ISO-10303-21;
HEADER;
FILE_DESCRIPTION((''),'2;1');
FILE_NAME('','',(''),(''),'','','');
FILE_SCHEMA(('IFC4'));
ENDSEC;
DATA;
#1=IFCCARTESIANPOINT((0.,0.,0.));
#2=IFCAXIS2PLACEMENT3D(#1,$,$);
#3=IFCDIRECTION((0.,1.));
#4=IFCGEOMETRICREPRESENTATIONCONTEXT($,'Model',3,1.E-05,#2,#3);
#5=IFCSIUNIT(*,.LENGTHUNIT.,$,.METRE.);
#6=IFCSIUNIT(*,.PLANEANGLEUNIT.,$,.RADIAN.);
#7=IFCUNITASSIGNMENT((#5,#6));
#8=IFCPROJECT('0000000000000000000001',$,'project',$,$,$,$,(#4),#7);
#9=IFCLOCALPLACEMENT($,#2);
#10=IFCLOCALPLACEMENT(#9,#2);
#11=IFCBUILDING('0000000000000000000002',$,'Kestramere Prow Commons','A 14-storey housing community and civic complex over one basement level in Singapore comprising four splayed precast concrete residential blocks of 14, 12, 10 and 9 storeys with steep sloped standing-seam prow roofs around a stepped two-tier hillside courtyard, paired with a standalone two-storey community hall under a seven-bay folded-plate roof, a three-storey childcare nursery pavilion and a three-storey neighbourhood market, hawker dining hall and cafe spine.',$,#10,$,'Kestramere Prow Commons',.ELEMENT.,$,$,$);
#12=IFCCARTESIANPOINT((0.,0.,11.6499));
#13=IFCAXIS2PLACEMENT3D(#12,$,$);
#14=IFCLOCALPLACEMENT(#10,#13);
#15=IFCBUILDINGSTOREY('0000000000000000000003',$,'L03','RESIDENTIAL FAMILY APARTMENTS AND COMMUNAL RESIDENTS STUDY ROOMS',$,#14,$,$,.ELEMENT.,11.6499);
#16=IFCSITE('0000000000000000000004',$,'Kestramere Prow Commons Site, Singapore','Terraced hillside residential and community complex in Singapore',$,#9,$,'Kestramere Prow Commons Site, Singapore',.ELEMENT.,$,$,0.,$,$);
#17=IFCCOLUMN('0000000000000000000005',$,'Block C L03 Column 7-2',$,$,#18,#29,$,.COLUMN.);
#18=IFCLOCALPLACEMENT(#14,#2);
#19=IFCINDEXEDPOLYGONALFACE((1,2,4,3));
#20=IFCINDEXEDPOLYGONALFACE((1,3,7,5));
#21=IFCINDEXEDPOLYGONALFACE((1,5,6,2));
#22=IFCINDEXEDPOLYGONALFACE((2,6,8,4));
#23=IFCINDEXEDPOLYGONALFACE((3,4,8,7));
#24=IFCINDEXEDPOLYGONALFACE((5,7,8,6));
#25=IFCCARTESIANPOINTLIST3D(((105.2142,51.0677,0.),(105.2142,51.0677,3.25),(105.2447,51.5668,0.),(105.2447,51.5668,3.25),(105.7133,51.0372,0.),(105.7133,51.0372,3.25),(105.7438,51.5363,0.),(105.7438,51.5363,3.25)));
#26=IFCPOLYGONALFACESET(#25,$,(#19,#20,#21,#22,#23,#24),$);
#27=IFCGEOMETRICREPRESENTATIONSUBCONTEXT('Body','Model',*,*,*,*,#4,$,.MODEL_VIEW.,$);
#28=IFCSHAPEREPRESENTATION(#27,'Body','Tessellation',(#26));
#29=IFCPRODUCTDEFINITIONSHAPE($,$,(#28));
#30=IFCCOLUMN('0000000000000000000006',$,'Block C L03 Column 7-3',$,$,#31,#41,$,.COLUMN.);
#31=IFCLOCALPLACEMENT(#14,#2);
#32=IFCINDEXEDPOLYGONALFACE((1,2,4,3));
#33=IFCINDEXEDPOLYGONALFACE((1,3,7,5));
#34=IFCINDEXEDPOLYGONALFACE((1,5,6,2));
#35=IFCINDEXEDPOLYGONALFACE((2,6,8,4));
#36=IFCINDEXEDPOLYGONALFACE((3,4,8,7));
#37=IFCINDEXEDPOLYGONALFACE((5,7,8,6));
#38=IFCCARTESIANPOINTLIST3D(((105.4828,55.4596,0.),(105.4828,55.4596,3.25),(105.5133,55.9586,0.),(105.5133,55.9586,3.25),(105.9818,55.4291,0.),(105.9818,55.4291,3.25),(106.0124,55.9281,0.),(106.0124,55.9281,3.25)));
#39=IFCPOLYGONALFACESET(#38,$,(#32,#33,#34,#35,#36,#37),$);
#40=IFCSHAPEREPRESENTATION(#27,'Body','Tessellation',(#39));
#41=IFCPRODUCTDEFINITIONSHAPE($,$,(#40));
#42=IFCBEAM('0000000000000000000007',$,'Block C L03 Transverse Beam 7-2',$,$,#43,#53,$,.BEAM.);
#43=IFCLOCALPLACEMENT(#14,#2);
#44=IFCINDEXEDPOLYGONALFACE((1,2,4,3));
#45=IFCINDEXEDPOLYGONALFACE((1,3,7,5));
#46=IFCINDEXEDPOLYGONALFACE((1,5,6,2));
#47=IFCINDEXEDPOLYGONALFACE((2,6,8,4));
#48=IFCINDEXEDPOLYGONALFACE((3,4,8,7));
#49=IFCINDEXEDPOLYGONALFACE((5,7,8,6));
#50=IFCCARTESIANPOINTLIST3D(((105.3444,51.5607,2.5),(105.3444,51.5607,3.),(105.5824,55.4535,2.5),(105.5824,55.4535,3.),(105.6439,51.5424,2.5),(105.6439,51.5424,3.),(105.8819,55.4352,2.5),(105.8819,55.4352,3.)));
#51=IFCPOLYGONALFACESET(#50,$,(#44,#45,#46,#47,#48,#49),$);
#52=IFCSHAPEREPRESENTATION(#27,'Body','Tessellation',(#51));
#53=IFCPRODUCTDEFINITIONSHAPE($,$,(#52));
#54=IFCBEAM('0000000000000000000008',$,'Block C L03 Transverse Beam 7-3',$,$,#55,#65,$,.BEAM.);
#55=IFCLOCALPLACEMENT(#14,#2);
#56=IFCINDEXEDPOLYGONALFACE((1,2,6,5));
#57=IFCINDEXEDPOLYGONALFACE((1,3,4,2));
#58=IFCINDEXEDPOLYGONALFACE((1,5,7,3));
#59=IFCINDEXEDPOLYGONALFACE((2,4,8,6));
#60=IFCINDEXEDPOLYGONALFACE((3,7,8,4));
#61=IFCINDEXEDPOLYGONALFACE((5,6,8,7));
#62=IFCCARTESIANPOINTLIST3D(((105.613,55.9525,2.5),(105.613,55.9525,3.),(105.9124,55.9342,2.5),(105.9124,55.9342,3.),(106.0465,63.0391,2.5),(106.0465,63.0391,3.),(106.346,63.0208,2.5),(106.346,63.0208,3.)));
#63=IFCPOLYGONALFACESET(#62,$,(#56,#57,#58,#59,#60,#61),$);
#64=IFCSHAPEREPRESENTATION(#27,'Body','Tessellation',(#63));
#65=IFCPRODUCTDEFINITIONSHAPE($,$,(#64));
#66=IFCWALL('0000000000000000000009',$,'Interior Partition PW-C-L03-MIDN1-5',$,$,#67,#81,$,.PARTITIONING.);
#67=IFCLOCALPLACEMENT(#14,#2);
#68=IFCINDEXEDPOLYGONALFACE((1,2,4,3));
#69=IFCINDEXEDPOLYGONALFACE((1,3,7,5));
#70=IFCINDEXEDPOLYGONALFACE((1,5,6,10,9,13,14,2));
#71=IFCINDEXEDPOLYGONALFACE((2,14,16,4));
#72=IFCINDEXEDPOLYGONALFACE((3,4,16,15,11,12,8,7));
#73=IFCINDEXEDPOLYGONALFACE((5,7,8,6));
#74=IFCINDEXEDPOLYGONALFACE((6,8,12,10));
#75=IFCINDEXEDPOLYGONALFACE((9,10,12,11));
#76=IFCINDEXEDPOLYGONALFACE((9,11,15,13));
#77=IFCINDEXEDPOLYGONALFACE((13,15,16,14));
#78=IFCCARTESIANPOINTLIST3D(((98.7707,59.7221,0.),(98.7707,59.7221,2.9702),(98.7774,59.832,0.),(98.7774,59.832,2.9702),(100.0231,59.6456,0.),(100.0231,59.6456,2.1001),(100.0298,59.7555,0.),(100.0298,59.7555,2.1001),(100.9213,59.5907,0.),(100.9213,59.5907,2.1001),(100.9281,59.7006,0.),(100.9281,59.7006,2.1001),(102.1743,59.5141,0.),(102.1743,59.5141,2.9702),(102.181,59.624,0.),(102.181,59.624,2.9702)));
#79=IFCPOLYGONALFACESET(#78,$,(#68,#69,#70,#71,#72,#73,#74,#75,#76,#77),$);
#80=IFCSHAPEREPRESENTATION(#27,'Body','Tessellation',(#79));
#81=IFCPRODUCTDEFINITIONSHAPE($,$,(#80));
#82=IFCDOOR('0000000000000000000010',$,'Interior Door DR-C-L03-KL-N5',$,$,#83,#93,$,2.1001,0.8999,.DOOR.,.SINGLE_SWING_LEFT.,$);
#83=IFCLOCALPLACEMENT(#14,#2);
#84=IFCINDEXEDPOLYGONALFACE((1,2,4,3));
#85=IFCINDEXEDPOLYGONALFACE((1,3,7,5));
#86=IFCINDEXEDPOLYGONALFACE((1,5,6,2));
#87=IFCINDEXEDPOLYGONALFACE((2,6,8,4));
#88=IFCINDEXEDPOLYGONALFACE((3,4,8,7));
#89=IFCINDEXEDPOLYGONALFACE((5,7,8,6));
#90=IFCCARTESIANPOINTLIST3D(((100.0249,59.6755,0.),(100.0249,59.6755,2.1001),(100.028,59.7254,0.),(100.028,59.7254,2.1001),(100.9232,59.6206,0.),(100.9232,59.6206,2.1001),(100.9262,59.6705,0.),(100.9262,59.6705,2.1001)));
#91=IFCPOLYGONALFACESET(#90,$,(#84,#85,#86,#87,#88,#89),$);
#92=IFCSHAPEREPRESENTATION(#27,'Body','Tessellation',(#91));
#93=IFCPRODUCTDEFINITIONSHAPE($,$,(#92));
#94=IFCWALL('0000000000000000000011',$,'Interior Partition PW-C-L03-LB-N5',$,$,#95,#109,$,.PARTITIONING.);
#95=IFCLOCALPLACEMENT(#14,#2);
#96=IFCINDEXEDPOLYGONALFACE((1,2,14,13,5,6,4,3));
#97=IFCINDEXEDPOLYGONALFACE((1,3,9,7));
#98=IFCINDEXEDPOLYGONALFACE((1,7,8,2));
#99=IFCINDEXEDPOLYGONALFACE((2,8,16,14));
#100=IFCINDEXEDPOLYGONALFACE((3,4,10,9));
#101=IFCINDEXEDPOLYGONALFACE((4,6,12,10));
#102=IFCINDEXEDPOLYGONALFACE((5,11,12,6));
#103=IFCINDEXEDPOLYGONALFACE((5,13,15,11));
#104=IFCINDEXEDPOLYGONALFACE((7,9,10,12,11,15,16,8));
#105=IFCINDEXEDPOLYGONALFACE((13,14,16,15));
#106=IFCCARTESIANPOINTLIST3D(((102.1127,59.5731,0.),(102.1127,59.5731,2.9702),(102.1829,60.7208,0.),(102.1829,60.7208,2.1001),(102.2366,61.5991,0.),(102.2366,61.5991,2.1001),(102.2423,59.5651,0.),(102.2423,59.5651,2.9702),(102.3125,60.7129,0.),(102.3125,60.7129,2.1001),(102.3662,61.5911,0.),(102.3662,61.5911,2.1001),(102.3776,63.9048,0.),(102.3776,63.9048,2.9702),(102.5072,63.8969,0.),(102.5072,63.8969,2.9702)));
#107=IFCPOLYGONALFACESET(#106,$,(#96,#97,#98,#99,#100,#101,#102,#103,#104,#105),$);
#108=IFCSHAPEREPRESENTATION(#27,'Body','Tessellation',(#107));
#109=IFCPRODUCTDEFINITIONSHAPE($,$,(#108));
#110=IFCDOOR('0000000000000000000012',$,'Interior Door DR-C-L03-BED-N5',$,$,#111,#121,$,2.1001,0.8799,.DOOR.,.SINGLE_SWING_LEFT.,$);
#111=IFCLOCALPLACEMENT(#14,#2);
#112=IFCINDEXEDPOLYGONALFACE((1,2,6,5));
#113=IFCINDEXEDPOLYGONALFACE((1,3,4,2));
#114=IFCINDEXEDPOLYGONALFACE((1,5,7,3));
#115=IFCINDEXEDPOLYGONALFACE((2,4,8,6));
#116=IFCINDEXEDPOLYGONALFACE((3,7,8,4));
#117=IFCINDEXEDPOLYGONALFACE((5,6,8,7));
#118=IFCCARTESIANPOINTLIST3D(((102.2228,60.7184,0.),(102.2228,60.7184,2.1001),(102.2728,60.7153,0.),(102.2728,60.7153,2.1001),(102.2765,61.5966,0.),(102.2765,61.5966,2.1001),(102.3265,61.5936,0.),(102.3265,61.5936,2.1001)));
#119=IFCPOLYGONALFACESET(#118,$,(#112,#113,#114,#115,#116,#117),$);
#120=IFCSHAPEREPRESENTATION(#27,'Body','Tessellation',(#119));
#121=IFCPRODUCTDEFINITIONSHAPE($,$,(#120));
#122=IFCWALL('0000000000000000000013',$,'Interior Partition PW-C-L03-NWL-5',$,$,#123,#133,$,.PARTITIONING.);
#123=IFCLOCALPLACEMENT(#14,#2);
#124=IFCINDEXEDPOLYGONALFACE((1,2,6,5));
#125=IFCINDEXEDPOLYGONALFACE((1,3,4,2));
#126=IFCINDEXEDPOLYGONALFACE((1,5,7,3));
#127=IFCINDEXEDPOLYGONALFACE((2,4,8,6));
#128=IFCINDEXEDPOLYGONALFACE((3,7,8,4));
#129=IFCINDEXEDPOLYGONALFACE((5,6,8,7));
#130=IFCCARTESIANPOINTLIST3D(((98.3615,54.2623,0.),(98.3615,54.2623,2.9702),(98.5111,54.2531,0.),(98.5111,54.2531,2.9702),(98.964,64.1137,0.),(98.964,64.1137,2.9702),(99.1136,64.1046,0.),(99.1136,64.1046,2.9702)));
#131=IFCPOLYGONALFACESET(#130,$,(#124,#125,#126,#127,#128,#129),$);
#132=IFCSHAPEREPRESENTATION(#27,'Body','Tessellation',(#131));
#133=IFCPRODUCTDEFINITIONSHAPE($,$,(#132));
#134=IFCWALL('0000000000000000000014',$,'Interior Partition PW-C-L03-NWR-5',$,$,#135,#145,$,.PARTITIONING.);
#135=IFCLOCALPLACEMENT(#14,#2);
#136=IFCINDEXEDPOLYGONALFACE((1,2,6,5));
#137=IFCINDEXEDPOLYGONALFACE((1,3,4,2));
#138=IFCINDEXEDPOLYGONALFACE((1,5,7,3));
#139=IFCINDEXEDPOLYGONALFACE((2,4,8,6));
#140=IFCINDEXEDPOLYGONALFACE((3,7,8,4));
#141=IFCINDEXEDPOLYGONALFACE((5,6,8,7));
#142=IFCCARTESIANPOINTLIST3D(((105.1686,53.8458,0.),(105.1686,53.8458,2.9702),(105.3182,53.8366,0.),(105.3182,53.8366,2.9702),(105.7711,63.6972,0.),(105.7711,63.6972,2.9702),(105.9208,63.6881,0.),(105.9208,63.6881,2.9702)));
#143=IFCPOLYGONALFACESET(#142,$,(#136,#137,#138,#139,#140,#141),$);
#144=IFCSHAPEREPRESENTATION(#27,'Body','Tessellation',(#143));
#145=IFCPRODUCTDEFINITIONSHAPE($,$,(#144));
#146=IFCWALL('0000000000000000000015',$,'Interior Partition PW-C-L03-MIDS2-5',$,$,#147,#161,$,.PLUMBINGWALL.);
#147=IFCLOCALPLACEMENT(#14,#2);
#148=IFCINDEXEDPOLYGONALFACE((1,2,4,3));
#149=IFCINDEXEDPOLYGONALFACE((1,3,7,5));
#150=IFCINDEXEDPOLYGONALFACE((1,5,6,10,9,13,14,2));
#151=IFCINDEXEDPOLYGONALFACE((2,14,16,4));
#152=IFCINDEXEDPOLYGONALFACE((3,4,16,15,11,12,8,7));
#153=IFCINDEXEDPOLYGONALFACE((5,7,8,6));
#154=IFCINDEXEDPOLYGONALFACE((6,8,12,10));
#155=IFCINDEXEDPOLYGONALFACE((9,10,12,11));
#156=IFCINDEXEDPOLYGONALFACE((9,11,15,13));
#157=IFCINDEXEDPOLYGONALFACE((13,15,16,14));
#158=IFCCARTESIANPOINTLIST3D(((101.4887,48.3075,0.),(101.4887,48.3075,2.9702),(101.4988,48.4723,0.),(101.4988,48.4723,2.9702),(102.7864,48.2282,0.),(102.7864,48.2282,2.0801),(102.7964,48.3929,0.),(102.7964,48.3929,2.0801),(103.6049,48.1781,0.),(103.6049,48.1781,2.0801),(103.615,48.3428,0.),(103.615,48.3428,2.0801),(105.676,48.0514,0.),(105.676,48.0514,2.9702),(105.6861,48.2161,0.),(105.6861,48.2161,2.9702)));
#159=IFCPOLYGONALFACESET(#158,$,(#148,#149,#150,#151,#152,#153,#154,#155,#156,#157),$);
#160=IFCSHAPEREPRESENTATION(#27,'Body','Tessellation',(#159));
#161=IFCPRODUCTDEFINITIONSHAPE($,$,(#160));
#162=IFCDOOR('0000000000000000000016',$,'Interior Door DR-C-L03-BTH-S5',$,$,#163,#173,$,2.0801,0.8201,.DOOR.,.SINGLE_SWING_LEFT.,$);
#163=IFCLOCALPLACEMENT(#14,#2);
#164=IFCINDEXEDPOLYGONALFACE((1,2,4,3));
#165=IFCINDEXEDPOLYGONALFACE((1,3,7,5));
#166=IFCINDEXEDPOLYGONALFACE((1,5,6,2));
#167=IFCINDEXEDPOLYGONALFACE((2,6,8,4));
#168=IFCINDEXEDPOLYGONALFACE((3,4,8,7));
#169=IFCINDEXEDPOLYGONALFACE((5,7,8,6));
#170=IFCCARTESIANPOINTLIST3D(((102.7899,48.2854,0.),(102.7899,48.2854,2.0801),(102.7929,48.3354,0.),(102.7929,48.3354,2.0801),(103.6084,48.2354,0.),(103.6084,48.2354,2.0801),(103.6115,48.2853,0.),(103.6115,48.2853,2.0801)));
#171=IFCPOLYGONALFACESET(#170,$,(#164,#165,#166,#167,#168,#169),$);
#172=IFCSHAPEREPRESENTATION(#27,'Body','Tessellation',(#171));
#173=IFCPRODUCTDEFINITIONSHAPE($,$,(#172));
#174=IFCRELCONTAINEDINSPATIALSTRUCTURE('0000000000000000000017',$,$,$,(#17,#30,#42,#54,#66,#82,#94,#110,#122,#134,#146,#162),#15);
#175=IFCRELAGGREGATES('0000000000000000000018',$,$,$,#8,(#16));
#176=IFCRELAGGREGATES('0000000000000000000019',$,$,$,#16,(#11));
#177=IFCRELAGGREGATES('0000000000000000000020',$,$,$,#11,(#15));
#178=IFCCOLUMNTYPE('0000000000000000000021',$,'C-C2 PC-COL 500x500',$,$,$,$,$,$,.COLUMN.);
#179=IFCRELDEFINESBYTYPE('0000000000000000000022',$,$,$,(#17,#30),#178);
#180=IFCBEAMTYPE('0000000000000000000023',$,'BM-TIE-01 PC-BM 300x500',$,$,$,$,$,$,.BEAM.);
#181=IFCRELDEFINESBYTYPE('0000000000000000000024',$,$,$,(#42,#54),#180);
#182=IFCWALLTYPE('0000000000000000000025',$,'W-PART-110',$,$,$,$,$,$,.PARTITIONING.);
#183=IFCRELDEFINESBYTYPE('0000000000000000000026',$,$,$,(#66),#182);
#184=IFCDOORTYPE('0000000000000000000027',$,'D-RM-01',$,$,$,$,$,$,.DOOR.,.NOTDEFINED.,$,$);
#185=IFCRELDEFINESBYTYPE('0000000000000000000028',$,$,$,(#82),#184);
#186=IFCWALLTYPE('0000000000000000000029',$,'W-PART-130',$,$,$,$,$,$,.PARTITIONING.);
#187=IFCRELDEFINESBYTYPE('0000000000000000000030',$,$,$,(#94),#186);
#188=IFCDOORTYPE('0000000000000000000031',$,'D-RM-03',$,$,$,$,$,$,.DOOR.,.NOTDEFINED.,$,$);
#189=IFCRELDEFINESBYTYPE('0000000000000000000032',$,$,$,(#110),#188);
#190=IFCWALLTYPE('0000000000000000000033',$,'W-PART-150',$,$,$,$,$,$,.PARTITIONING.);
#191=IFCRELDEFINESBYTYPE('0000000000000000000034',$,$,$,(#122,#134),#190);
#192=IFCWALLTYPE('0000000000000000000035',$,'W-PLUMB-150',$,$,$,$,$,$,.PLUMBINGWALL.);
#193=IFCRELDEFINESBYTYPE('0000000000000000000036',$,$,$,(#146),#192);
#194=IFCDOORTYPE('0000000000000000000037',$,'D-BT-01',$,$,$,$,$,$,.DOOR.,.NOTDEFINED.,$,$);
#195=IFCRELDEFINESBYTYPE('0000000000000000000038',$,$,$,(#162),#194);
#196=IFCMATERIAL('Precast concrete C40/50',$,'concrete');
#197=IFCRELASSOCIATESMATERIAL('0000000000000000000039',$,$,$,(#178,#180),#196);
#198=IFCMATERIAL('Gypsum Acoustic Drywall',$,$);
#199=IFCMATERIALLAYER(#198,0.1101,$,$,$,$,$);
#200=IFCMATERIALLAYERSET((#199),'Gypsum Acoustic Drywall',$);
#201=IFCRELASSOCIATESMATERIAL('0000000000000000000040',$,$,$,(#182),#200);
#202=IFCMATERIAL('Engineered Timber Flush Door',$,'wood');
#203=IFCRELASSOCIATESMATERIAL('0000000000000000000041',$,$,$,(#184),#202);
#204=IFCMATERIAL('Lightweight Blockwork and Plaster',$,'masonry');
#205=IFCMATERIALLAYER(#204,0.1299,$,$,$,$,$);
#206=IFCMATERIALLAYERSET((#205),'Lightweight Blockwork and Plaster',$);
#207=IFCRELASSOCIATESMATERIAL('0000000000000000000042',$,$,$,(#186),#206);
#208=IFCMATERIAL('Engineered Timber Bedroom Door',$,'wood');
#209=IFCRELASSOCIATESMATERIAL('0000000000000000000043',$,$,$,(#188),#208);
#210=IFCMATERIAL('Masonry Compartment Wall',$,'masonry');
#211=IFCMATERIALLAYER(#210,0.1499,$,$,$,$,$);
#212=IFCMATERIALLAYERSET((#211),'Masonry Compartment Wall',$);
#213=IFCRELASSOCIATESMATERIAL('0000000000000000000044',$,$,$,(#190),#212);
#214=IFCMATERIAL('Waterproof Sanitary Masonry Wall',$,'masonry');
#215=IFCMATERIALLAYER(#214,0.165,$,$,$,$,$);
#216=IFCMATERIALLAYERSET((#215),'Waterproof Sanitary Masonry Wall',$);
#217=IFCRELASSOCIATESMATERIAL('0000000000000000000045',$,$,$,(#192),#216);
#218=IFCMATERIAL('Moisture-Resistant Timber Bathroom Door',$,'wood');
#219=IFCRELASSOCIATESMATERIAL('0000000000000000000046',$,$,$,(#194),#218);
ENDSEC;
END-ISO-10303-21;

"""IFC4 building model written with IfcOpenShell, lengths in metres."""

from ifc_helpers import new_model, si_unit, direction, frame, frame_2d, origin, origin_2d, place, context, subcontext, project, spatial, rectangle, extrude, material, layer, layer_set, material_profile, profile_set, type_object, element, fill, save


model = new_model("IFC4")

# Units and contexts
model_context = context("Model", 3, precision=1e-05, world=origin(), true_north=direction((0.0, 1.0)))
body_context = subcontext(model_context, "Body", "Model", "MODEL_VIEW")
ifc_project = project(units=[si_unit("LENGTHUNIT", "METRE"), si_unit("PLANEANGLEUNIT", "RADIAN")], contexts=[model_context])

# Site, building, storey
site_placement = place(None, origin())
site = spatial("IfcSite", under=ifc_project, at=site_placement, Name="Kestramere Prow Commons Site, Singapore", Description="Terraced hillside residential and community complex in Singapore", LongName="Kestramere Prow Commons Site, Singapore", CompositionType="ELEMENT", RefElevation=0.0)
building_placement = place(site_placement, origin())
building = spatial("IfcBuilding", under=site, at=building_placement, Name="Kestramere Prow Commons", Description="A 14-storey housing community and civic complex over one basement level in Singapore comprising four splayed precast concrete residential blocks of 14, 12, 10 and 9 storeys with steep sloped standing-seam prow roofs around a stepped two-tier hillside courtyard, paired with a standalone two-storey community hall under a seven-bay folded-plate roof, a three-storey childcare nursery pavilion and a three-storey neighbourhood market, hawker dining hall and cafe spine.", LongName="Kestramere Prow Commons", CompositionType="ELEMENT")
storey_placement = place(building_placement, frame((0.0, 0.0, 11.6499)))
storey = spatial("IfcBuildingStorey", under=building, at=storey_placement, Name="L03", Description="RESIDENTIAL FAMILY APARTMENTS AND COMMUNAL RESIDENTS STUDY ROOMS", CompositionType="ELEMENT", Elevation=11.6499)

# Columns
ifc_material_1 = material(Name="Precast concrete C40/50", Category="concrete")
ifc_material_profile_1 = material_profile(ifc_material_1, rectangle(XDim=0.5, YDim=0.5, at=origin_2d()), Name="PC-COL 500x500")
ifc_profile_set_1 = profile_set([ifc_material_profile_1], Name="Precast concrete C40/50")
column_type = type_object("IfcColumnType", Name="C-C2 PC-COL 500x500", PredefinedType="COLUMN", material=ifc_profile_set_1)
for number, where, z_axis, x_axis, name in (
    (1, (105.479, 51.302, 0.0), (0.0, 0.0, 1.0), (0.998135, -0.061049, 0.0), "Block C L03 Column 7-2"),
    (2, (105.7476, 55.6938, 0.0), (0.0, 0.0, 1.0), (0.998135, -0.061049, 0.0), "Block C L03 Column 7-3"),
):
    element("IfcColumn", number, at=place(storey_placement, frame(where, z_axis=z_axis, x_axis=x_axis)), inside=storey, type_object=column_type, Name=name, PredefinedType="COLUMN", context=body_context, shape_type="SweptSolid", body=[
        extrude(rectangle(XDim=0.5, YDim=0.5, at=origin_2d()), origin(), (0.0, 0.0, 1.0), 3.25),
    ])

# Beams
ifc_material_profile_2 = material_profile(ifc_material_1, rectangle(XDim=0.3, YDim=0.5, at=origin_2d()), Name="PC-BM 300x500")
ifc_profile_set_2 = profile_set([ifc_material_profile_2], Name="Precast concrete C40/50")
beam_type = type_object("IfcBeamType", Name="BM-TIE-01 PC-BM 300x500", PredefinedType="BEAM", material=ifc_profile_set_2)
beam_1_placement = place(storey_placement, frame((105.4941, 51.5515, 2.75), z_axis=(0.061034, 0.998136, 0.0), x_axis=(-0.998136, 0.061034, 0.0)))
element("IfcBeam", 3, at=beam_1_placement, inside=storey, type_object=beam_type, Name="Block C L03 Transverse Beam 7-2", PredefinedType="BEAM", context=body_context, shape_type="SweptSolid", body=[
    extrude(rectangle(XDim=0.3, YDim=0.5, at=origin_2d()), origin(), (0.0, 0.0, 1.0), 3.9001),
])
beam_2_placement = place(storey_placement, frame((105.7627, 55.9434, 2.75), z_axis=(0.06107, 0.998133, 0.0), x_axis=(-0.998133, 0.06107, 0.0)))
element("IfcBeam", 4, at=beam_2_placement, inside=storey, type_object=beam_type, Name="Block C L03 Transverse Beam 7-3", PredefinedType="BEAM", context=body_context, shape_type="SweptSolid", body=[
    extrude(rectangle(XDim=0.3, YDim=0.5, at=origin_2d()), origin(), (0.0, 0.0, 1.0), 7.0999),
])

# Walls, openings, doors
ifc_material_2 = material(Name="Gypsum Acoustic Drywall")
ifc_layer_1 = layer(ifc_material_2, 0.1101)
ifc_layer_set_1 = layer_set([ifc_layer_1], Name="Gypsum Acoustic Drywall")
wall_type_1 = type_object("IfcWallType", Name="W-PART-110", PredefinedType="PARTITIONING", material=ifc_layer_set_1)
wall_1_placement = place(storey_placement, frame((98.7739, 59.7771, 0.0), z_axis=(0.0, 0.0, 1.0), x_axis=(0.998138, -0.061001, 0.0)))
wall_1 = element("IfcWall", 5, at=wall_1_placement, inside=storey, type_object=wall_type_1, Name="Interior Partition PW-C-L03-MIDN1-5", PredefinedType="PARTITIONING", context=body_context, shape_type="SweptSolid", body=[
    extrude(rectangle(XDim=3.4099, YDim=0.1101, at=frame_2d((1.7051, 0.0))), origin(), (0.0, 0.0, 1.0), 2.9702),
])
opening_1_placement = place(wall_1_placement, frame((1.2549, 0.0, 0.0)))
opening_1 = element("IfcOpeningElement", 6, at=opening_1_placement, cuts=wall_1, PredefinedType="OPENING", context=body_context, shape_type="SweptSolid", body=[
    extrude(rectangle(XDim=0.8999, YDim=2.1001, at=frame_2d((0.45, 1.05))), frame((0.0, 0.0701, 0.0), z_axis=(0.0, -1.0, 0.0), x_axis=(1.0, 0.0, 0.0)), (0.0, 0.0, 1.0), 0.1401),
])
ifc_material_3 = material(Name="Engineered Timber Flush Door", Category="wood")
door_type_1 = type_object("IfcDoorType", Name="D-RM-01", OperationType="NOTDEFINED", PredefinedType="DOOR", material=ifc_material_3)
door_1_placement = place(opening_1_placement, origin())
door_1 = element("IfcDoor", 7, at=door_1_placement, inside=storey, type_object=door_type_1, Name="Interior Door DR-C-L03-KL-N5", OperationType="SINGLE_SWING_LEFT", OverallHeight=2.1001, OverallWidth=0.8999, PredefinedType="DOOR", context=body_context, shape_type="SweptSolid", body=[
    extrude(rectangle(XDim=0.8999, YDim=2.1001, at=frame_2d((0.45, 1.05))), frame((0.0, 0.0249, 0.0), z_axis=(0.0, -1.0, 0.0), x_axis=(1.0, 0.0, 0.0)), (0.0, 0.0, 1.0), 0.05),
])
fill(opening_1, door_1)
ifc_material_4 = material(Name="Lightweight Blockwork and Plaster", Category="masonry")
ifc_layer_2 = layer(ifc_material_4, 0.1299)
ifc_layer_set_2 = layer_set([ifc_layer_2], Name="Lightweight Blockwork and Plaster")
wall_type_2 = type_object("IfcWallType", Name="W-PART-130", PredefinedType="PARTITIONING", material=ifc_layer_set_2)
wall_2_placement = place(storey_placement, frame((102.1775, 59.5691, 0.0), z_axis=(0.0, 0.0, 1.0), x_axis=(0.061037, 0.998136, 0.0)))
wall_2 = element("IfcWall", 8, at=wall_2_placement, inside=storey, type_object=wall_type_2, Name="Interior Partition PW-C-L03-LB-N5", PredefinedType="PARTITIONING", context=body_context, shape_type="SweptSolid", body=[
    extrude(rectangle(XDim=4.3398, YDim=0.1299, at=frame_2d((2.1699, 0.0))), origin(), (0.0, 0.0, 1.0), 2.9702),
])
opening_2_placement = place(wall_2_placement, frame((1.1499, 0.0, 0.0)))
opening_2 = element("IfcOpeningElement", 9, at=opening_2_placement, cuts=wall_2, PredefinedType="OPENING", context=body_context, shape_type="SweptSolid", body=[
    extrude(rectangle(XDim=0.8799, YDim=2.1001, at=frame_2d((0.4399, 1.05))), frame((0.0, 0.0798, 0.0), z_axis=(0.0, -1.0, 0.0), x_axis=(1.0, 0.0, 0.0)), (0.0, 0.0, 1.0), 0.1599),
])
ifc_material_5 = material(Name="Engineered Timber Bedroom Door", Category="wood")
door_type_2 = type_object("IfcDoorType", Name="D-RM-03", OperationType="NOTDEFINED", PredefinedType="DOOR", material=ifc_material_5)
door_2_placement = place(opening_2_placement, origin())
door_2 = element("IfcDoor", 10, at=door_2_placement, inside=storey, type_object=door_type_2, Name="Interior Door DR-C-L03-BED-N5", OperationType="SINGLE_SWING_LEFT", OverallHeight=2.1001, OverallWidth=0.8799, PredefinedType="DOOR", context=body_context, shape_type="SweptSolid", body=[
    extrude(rectangle(XDim=0.8799, YDim=2.1001, at=frame_2d((0.4399, 1.05))), frame((0.0, 0.0249, 0.0), z_axis=(0.0, -1.0, 0.0), x_axis=(1.0, 0.0, 0.0)), (0.0, 0.0, 1.0), 0.05),
])
fill(opening_2, door_2)

# Walls
ifc_material_6 = material(Name="Masonry Compartment Wall", Category="masonry")
ifc_layer_3 = layer(ifc_material_6, 0.1499)
ifc_layer_set_3 = layer_set([ifc_layer_3], Name="Masonry Compartment Wall")
wall_type_3 = type_object("IfcWallType", Name="W-PART-150", PredefinedType="PARTITIONING", material=ifc_layer_set_3)
for number, where, z_axis, x_axis, name in (
    (11, (98.4363, 54.2576, 0.0), (0.0, 0.0, 1.0), (0.061048, 0.998135, 0.0), "Interior Partition PW-C-L03-NWL-5"),
    (12, (105.2434, 53.8411, 0.0), (0.0, 0.0, 1.0), (0.061048, 0.998135, 0.0), "Interior Partition PW-C-L03-NWR-5"),
):
    element("IfcWall", number, at=place(storey_placement, frame(where, z_axis=z_axis, x_axis=x_axis)), inside=storey, type_object=wall_type_3, Name=name, PredefinedType="PARTITIONING", context=body_context, shape_type="SweptSolid", body=[
        extrude(rectangle(XDim=9.8699, YDim=0.1499, at=frame_2d((4.9351, 0.0))), origin(), (0.0, 0.0, 1.0), 2.9702),
    ])

# Wall, opening, door
ifc_material_7 = material(Name="Waterproof Sanitary Masonry Wall", Category="masonry")
ifc_layer_4 = layer(ifc_material_7, 0.165)
ifc_layer_set_4 = layer_set([ifc_layer_4], Name="Waterproof Sanitary Masonry Wall")
wall_type_4 = type_object("IfcWallType", Name="W-PLUMB-150", PredefinedType="PLUMBINGWALL", material=ifc_layer_set_4)
wall_3_placement = place(storey_placement, frame((101.4937, 48.3899, 0.0), z_axis=(0.0, 0.0, 1.0), x_axis=(0.998135, -0.061049, 0.0)))
wall_3 = element("IfcWall", 13, at=wall_3_placement, inside=storey, type_object=wall_type_4, Name="Interior Partition PW-C-L03-MIDS2-5", PredefinedType="PLUMBINGWALL", context=body_context, shape_type="SweptSolid", body=[
    extrude(rectangle(XDim=4.1951, YDim=0.165, at=frame_2d((2.0977, 0.0))), origin(), (0.0, 0.0, 1.0), 2.9702),
])
opening_3_placement = place(wall_3_placement, frame((1.3, 0.0, 0.0)))
opening_3 = element("IfcOpeningElement", 14, at=opening_3_placement, cuts=wall_3, PredefinedType="OPENING", context=body_context, shape_type="SweptSolid", body=[
    extrude(rectangle(XDim=0.8201, YDim=2.0801, at=frame_2d((0.4102, 1.04))), frame((0.0, 0.0974, 0.0), z_axis=(0.0, -1.0, 0.0), x_axis=(1.0, 0.0, 0.0)), (0.0, 0.0, 1.0), 0.1951),
])
ifc_material_8 = material(Name="Moisture-Resistant Timber Bathroom Door", Category="wood")
door_type_3 = type_object("IfcDoorType", Name="D-BT-01", OperationType="NOTDEFINED", PredefinedType="DOOR", material=ifc_material_8)
door_3_placement = place(opening_3_placement, origin())
door_3 = element("IfcDoor", 15, at=door_3_placement, inside=storey, type_object=door_type_3, Name="Interior Door DR-C-L03-BTH-S5", OperationType="SINGLE_SWING_LEFT", OverallHeight=2.0801, OverallWidth=0.8201, PredefinedType="DOOR", context=body_context, shape_type="SweptSolid", body=[
    extrude(rectangle(XDim=0.8201, YDim=2.0801, at=frame_2d((0.4102, 1.04))), frame((0.0, 0.0249, 0.0), z_axis=(0.0, -1.0, 0.0), x_axis=(1.0, 0.0, 0.0)), (0.0, 0.0, 1.0), 0.05),
])
fill(opening_3, door_3)

save(model, "model.ifc")
